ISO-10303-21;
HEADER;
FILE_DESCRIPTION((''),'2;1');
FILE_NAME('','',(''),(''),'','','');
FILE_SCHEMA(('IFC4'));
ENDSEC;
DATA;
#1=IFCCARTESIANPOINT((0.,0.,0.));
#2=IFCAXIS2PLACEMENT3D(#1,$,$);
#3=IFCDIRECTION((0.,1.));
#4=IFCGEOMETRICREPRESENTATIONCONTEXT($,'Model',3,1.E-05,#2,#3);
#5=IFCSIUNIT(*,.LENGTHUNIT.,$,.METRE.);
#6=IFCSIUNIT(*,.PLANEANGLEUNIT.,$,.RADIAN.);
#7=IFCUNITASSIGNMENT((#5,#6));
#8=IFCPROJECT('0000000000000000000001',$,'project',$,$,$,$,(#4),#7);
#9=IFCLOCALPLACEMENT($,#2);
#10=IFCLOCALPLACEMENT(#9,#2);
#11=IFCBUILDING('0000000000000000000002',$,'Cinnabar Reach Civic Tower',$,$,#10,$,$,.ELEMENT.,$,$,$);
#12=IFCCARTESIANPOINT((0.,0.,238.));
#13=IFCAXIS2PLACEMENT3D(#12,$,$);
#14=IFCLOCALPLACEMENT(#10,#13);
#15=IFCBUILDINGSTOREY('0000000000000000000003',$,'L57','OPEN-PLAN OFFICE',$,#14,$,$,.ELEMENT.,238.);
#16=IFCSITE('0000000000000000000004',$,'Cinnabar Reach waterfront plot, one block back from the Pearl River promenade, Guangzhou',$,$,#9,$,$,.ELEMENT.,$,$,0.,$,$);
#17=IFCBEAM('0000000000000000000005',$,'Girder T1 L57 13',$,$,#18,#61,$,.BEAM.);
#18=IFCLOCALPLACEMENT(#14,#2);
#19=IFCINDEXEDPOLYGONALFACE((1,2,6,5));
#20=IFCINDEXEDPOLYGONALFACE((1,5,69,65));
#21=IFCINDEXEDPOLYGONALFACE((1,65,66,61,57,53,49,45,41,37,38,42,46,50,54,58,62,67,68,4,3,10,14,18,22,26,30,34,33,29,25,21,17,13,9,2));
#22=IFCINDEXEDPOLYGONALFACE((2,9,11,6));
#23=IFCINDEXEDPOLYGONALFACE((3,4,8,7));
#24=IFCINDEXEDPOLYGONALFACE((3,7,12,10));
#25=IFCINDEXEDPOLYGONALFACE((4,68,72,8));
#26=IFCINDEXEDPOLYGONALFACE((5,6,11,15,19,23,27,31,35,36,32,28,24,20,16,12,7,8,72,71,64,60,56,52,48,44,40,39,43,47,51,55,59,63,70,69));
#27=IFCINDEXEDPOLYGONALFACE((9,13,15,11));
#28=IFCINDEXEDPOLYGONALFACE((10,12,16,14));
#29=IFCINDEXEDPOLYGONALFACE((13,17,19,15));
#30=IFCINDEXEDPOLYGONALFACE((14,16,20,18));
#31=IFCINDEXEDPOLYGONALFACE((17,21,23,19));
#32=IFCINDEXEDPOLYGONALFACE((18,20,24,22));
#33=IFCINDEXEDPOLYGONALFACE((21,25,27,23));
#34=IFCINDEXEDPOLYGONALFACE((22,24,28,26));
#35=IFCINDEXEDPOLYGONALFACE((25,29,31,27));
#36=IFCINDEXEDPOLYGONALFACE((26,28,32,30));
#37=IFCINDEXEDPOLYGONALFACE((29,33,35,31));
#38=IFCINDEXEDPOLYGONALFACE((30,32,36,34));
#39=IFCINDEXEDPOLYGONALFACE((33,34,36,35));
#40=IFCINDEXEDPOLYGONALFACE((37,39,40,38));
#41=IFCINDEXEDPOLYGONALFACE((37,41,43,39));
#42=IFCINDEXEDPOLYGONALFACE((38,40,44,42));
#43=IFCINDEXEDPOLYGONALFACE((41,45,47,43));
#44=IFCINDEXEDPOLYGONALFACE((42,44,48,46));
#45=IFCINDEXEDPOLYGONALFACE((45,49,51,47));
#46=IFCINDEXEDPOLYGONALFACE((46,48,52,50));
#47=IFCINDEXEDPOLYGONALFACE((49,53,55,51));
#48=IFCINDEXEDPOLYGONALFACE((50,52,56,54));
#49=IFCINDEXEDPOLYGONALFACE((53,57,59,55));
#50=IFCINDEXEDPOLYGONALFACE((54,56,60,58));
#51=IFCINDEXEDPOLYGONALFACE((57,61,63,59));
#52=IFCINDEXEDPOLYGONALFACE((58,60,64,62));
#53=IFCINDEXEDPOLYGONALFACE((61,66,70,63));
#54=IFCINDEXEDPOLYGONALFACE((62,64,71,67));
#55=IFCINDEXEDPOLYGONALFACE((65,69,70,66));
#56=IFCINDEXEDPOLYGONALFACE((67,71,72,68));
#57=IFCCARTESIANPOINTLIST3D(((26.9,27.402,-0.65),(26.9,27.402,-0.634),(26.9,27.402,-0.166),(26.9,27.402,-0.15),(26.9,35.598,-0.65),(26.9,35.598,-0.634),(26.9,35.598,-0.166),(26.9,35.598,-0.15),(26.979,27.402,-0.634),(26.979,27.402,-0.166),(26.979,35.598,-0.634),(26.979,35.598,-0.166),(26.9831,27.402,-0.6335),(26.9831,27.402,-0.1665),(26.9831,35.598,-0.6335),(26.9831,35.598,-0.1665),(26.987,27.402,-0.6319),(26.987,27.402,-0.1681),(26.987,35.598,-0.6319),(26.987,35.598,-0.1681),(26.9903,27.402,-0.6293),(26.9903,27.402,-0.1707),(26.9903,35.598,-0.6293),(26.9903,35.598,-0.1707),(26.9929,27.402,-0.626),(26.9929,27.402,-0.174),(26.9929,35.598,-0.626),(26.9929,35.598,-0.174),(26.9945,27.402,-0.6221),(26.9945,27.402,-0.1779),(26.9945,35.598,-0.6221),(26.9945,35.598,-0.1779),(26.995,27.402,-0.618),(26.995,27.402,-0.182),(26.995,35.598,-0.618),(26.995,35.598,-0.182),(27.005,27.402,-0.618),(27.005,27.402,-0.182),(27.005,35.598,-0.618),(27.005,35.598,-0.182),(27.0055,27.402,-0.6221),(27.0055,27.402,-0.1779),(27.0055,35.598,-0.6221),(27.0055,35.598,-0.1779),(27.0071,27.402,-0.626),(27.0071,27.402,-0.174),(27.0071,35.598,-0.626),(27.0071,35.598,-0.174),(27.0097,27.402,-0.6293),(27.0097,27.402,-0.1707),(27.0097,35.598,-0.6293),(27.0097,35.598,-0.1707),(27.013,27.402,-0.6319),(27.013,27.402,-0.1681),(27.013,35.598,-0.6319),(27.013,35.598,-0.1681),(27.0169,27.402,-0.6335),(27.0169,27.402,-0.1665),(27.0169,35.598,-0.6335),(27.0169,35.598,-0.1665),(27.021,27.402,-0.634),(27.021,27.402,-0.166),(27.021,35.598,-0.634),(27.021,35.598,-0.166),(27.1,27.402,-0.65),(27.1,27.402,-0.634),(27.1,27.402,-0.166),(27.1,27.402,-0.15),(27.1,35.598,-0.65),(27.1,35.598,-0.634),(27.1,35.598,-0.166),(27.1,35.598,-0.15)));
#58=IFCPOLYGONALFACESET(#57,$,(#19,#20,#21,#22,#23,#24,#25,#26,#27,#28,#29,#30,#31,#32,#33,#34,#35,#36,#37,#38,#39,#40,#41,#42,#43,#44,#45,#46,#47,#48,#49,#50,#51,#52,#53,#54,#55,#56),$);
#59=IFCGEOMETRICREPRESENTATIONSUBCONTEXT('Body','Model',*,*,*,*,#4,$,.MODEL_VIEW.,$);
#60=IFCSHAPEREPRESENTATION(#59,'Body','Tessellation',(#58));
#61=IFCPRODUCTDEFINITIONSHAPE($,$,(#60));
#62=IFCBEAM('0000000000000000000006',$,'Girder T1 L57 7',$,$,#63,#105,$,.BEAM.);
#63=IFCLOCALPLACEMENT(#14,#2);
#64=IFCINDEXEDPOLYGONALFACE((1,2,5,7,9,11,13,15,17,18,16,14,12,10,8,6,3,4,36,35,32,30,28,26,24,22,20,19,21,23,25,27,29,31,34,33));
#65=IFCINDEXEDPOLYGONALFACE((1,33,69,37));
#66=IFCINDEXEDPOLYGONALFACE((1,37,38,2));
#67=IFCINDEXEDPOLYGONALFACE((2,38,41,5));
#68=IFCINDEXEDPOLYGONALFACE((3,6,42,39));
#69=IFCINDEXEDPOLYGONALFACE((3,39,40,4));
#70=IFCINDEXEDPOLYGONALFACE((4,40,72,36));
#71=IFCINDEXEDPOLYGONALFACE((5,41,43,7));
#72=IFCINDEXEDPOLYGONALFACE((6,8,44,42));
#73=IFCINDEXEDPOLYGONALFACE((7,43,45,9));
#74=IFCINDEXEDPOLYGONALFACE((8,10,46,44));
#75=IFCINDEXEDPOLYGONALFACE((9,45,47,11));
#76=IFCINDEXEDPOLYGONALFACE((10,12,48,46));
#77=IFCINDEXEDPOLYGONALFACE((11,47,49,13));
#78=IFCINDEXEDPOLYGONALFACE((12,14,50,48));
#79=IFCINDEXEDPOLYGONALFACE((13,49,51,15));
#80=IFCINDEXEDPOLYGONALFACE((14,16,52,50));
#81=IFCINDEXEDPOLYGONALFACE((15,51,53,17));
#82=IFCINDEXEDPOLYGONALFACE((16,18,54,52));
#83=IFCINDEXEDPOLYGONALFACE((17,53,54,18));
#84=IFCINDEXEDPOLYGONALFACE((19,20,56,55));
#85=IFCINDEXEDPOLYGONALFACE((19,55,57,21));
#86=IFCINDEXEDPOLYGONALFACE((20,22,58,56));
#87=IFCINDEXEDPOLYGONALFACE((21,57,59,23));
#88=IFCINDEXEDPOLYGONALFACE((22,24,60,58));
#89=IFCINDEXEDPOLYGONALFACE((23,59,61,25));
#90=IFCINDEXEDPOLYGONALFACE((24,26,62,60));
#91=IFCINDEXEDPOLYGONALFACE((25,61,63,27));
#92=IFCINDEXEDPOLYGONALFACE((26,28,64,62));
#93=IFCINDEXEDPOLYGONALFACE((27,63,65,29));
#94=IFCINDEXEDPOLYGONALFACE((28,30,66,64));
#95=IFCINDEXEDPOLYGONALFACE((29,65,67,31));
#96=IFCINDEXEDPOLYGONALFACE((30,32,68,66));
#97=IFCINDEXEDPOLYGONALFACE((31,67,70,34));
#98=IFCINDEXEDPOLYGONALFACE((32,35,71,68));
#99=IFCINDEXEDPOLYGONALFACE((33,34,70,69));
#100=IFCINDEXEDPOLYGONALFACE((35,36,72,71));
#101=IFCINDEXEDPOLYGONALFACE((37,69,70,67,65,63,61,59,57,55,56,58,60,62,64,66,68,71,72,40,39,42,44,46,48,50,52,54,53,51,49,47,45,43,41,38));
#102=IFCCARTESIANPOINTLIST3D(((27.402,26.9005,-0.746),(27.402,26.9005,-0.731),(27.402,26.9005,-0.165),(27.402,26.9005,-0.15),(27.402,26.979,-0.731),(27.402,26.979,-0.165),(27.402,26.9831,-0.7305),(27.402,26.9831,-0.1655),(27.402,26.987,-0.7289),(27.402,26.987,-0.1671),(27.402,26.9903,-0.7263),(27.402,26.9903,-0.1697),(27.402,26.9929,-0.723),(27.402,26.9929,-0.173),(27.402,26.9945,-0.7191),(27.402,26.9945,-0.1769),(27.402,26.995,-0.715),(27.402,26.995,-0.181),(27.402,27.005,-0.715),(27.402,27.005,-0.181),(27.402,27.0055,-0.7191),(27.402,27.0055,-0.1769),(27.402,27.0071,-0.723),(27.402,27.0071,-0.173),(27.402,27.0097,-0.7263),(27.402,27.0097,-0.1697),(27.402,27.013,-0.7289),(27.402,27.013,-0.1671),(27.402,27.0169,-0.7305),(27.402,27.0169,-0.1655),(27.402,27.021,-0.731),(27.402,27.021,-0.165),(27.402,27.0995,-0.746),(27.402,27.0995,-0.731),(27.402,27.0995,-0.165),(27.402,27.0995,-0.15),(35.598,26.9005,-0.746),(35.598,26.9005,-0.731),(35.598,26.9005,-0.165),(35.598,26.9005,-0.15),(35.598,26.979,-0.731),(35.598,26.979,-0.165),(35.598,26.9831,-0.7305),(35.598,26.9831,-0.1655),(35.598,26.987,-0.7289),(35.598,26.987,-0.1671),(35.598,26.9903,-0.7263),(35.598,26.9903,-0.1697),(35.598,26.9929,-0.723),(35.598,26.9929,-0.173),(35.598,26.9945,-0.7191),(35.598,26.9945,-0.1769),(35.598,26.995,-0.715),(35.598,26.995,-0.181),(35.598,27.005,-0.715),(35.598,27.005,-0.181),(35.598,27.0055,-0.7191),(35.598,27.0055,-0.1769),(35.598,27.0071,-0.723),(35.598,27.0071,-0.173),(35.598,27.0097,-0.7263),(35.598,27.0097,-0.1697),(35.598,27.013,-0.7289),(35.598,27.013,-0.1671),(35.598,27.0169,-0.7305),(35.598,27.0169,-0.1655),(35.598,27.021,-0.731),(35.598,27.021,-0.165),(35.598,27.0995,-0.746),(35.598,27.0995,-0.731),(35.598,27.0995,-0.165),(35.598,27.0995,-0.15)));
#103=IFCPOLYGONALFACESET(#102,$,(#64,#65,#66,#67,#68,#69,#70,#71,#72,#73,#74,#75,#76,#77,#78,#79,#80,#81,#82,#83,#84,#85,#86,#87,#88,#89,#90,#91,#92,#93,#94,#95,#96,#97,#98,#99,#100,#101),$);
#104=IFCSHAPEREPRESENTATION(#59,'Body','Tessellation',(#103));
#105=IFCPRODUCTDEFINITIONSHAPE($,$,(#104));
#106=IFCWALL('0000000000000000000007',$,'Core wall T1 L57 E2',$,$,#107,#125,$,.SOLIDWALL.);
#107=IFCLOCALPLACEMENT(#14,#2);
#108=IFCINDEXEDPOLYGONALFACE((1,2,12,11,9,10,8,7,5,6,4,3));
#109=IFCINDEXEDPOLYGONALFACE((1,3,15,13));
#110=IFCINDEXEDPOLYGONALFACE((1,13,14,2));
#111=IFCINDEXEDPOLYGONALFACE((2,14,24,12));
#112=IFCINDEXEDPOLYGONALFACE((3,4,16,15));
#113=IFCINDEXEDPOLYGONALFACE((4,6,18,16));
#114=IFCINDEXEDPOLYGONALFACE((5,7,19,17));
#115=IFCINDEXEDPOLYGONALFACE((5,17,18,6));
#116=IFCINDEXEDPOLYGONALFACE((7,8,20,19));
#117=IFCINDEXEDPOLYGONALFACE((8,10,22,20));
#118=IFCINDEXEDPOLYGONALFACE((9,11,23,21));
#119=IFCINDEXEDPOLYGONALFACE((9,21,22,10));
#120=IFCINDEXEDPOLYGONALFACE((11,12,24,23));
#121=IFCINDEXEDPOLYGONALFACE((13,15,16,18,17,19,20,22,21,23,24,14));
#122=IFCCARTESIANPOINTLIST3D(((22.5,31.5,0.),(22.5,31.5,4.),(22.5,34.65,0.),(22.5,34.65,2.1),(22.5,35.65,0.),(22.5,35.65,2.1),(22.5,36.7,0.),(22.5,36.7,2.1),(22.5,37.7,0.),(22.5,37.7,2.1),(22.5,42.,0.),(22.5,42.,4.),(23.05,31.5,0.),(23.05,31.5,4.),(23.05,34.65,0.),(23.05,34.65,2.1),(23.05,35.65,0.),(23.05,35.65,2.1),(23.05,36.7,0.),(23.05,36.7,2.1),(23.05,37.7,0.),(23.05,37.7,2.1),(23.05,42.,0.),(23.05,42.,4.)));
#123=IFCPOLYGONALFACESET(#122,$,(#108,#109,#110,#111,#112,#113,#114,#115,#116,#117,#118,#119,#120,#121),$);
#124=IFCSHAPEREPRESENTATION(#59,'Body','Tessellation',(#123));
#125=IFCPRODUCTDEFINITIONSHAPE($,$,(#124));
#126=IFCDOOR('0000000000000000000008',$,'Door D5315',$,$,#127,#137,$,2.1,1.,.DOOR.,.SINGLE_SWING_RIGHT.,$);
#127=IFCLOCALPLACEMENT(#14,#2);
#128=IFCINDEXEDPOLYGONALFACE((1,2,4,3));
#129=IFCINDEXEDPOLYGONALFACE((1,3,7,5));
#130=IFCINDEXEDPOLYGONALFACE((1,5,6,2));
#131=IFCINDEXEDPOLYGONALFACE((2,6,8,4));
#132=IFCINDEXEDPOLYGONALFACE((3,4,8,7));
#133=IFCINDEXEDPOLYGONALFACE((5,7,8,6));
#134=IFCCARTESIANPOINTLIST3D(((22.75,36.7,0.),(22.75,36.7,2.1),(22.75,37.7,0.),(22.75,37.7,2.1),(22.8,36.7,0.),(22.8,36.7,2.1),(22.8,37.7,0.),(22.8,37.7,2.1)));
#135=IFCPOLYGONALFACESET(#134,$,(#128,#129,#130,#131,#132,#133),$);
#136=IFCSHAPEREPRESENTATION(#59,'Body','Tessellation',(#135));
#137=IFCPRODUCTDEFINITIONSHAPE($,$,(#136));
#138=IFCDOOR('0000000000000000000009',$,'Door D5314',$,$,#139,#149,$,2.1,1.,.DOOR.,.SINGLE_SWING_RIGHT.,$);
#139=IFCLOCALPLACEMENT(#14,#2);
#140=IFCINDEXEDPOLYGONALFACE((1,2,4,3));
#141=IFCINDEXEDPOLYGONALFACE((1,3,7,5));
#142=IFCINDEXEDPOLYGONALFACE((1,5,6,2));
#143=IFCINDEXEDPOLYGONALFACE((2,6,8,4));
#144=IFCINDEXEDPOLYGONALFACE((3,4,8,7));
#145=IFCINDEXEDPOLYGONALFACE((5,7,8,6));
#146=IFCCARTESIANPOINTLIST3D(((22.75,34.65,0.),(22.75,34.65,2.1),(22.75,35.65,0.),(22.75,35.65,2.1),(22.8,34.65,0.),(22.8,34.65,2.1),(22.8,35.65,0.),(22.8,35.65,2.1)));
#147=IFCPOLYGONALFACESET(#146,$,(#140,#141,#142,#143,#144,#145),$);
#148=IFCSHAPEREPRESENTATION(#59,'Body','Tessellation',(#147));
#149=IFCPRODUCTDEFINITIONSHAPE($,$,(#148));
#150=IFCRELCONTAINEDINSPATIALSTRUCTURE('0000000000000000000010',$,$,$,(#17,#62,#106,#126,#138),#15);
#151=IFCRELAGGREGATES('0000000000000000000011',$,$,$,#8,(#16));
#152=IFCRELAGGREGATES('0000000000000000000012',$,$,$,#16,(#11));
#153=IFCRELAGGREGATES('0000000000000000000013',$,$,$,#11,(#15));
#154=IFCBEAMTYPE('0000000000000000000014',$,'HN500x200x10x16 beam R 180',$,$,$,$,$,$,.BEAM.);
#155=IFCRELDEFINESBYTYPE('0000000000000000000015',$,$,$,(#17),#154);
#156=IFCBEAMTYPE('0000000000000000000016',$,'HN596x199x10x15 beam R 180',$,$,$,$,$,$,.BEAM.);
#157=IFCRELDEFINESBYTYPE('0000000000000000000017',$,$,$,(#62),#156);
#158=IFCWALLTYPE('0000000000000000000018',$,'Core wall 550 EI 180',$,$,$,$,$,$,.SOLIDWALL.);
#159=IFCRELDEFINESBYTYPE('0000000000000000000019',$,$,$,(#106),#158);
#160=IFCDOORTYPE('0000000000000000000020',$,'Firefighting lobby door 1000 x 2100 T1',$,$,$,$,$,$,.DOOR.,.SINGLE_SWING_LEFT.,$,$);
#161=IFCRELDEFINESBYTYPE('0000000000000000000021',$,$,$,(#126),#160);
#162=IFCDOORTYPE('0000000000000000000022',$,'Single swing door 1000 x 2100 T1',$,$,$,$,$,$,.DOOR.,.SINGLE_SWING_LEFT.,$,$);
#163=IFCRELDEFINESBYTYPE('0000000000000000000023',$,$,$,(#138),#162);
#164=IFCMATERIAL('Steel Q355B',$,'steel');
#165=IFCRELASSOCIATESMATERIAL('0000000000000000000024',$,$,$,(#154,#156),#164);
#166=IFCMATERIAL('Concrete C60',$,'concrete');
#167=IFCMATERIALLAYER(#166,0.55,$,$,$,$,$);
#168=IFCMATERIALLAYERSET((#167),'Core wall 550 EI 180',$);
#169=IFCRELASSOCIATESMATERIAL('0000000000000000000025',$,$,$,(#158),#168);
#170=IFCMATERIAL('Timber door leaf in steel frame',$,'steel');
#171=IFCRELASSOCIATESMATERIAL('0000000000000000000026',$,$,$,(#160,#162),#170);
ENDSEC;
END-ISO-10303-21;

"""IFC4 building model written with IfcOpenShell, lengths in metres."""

from ifc_helpers import new_model, si_unit, direction, frame, frame_2d, origin, origin_2d, place, context, subcontext, project, spatial, rectangle, i_section, extrude, material, layer, layer_set, material_profile, profile_set, type_object, element, fill, save


model = new_model("IFC4")

# Units and contexts
model_context = context("Model", 3, precision=1e-05, world=origin(), true_north=direction((0.0, 1.0)))
body_context = subcontext(model_context, "Body", "Model", "MODEL_VIEW")
ifc_project = project(units=[si_unit("LENGTHUNIT", "METRE"), si_unit("PLANEANGLEUNIT", "RADIAN")], contexts=[model_context])

# Site, building, storey
site_placement = place(None, origin())
site = spatial("IfcSite", under=ifc_project, at=site_placement, Name="Cinnabar Reach waterfront plot, one block back from the Pearl River promenade, Guangzhou", CompositionType="ELEMENT", RefElevation=0.0)
building_placement = place(site_placement, origin())
building = spatial("IfcBuilding", under=site, at=building_placement, Name="Cinnabar Reach Civic Tower", CompositionType="ELEMENT")
storey_placement = place(building_placement, frame((0.0, 0.0, 238.0)))
storey = spatial("IfcBuildingStorey", under=building, at=storey_placement, Name="L57", Description="OPEN-PLAN OFFICE", CompositionType="ELEMENT", Elevation=238.0)

# Shared definitions
ifc_material_1 = material(Name="Concrete C60", Category="concrete")

# Beams
ifc_material_2 = material(Name="Steel Q355B", Category="steel")
ifc_material_profile_1 = material_profile(ifc_material_2, i_section(OverallWidth=0.2, OverallDepth=0.5, WebThickness=0.01, FlangeThickness=0.016, FilletRadius=0.016, at=origin_2d()), Name="HN500x200x10x16")
ifc_profile_set_1 = profile_set([ifc_material_profile_1], Name="Steel Q355B")
beam_type_1 = type_object("IfcBeamType", Name="HN500x200x10x16 beam R 180", PredefinedType="BEAM", material=ifc_profile_set_1)
beam_1_placement = place(storey_placement, frame((27.0, 27.402, -0.4), z_axis=(0.0, 1.0, 0.0), x_axis=(-1.0, 0.0, 0.0)))
element("IfcBeam", 1, at=beam_1_placement, inside=storey, type_object=beam_type_1, Name="Girder T1 L57 13", PredefinedType="BEAM", context=body_context, shape_type="SweptSolid", body=[
    extrude(i_section(OverallWidth=0.2, OverallDepth=0.5, WebThickness=0.01, FlangeThickness=0.016, FilletRadius=0.016, at=origin_2d()), origin(), (0.0, 0.0, 1.0), 8.196),
])
ifc_material_profile_2 = material_profile(ifc_material_2, i_section(OverallWidth=0.199, OverallDepth=0.596, WebThickness=0.01, FlangeThickness=0.015, FilletRadius=0.016, at=origin_2d()), Name="HN596x199x10x15")
ifc_profile_set_2 = profile_set([ifc_material_profile_2], Name="Steel Q355B")
beam_type_2 = type_object("IfcBeamType", Name="HN596x199x10x15 beam R 180", PredefinedType="BEAM", material=ifc_profile_set_2)
beam_2_placement = place(storey_placement, frame((27.402, 27.0, -0.448), z_axis=(1.0, 0.0, 0.0), x_axis=(0.0, 1.0, 0.0)))
element("IfcBeam", 2, at=beam_2_placement, inside=storey, type_object=beam_type_2, Name="Girder T1 L57 7", PredefinedType="BEAM", context=body_context, shape_type="SweptSolid", body=[
    extrude(i_section(OverallWidth=0.199, OverallDepth=0.596, WebThickness=0.01, FlangeThickness=0.015, FilletRadius=0.016, at=origin_2d()), origin(), (0.0, 0.0, 1.0), 8.196),
])

# Wall, openings, doors
ifc_layer_1 = layer(ifc_material_1, 0.55)
ifc_layer_set_1 = layer_set([ifc_layer_1], Name="Core wall 550 EI 180")
wall_type_1 = type_object("IfcWallType", Name="Core wall 550 EI 180", PredefinedType="SOLIDWALL", material=ifc_layer_set_1)
wall_1_placement = place(storey_placement, frame((22.775, 31.5, 0.0), z_axis=(0.0, 0.0, 1.0), x_axis=(0.0, 1.0, 0.0)))
wall_1 = element("IfcWall", 3, at=wall_1_placement, inside=storey, type_object=wall_type_1, Name="Core wall T1 L57 E2", PredefinedType="SOLIDWALL", context=body_context, shape_type="SweptSolid", body=[
    extrude(rectangle(XDim=10.5, YDim=0.55, at=frame_2d((5.25, 0.0))), origin(), (0.0, 0.0, 1.0), 4.0),
])
opening_1_placement = place(wall_1_placement, frame((3.15, 0.0, 0.0)))
opening_1 = element("IfcOpeningElement", 4, at=opening_1_placement, cuts=wall_1, PredefinedType="OPENING", context=body_context, shape_type="SweptSolid", body=[
    extrude(rectangle(XDim=1.0, YDim=2.1, at=frame_2d((0.5, 1.05))), frame((0.0, 0.285, 0.0), z_axis=(0.0, -1.0, 0.0), x_axis=(1.0, 0.0, 0.0)), (0.0, 0.0, 1.0), 0.57),
])
opening_2_placement = place(wall_1_placement, frame((5.2, 0.0, 0.0)))
opening_2 = element("IfcOpeningElement", 5, at=opening_2_placement, cuts=wall_1, PredefinedType="OPENING", context=body_context, shape_type="SweptSolid", body=[
    extrude(rectangle(XDim=1.0, YDim=2.1, at=frame_2d((0.5, 1.05))), frame((0.0, 0.285, 0.0), z_axis=(0.0, -1.0, 0.0), x_axis=(1.0, 0.0, 0.0)), (0.0, 0.0, 1.0), 0.57),
])
ifc_material_3 = material(Name="Timber door leaf in steel frame", Category="steel")
door_type_1 = type_object("IfcDoorType", Name="Firefighting lobby door 1000 x 2100 T1", OperationType="SINGLE_SWING_LEFT", PredefinedType="DOOR", material=ifc_material_3)
door_1_placement = place(opening_2_placement, origin())
door_1 = element("IfcDoor", 6, at=door_1_placement, inside=storey, type_object=door_type_1, Name="Door D5315", OperationType="SINGLE_SWING_RIGHT", OverallHeight=2.1, OverallWidth=1.0, PredefinedType="DOOR", context=body_context, shape_type="SweptSolid", body=[
    extrude(rectangle(XDim=1.0, YDim=2.1, at=frame_2d((0.5, 1.05))), frame((0.0, 0.025, 0.0), z_axis=(0.0, -1.0, 0.0), x_axis=(1.0, 0.0, 0.0)), (0.0, 0.0, 1.0), 0.05),
])
fill(opening_2, door_1)
door_type_2 = type_object("IfcDoorType", Name="Single swing door 1000 x 2100 T1", OperationType="SINGLE_SWING_LEFT", PredefinedType="DOOR", material=ifc_material_3)
door_2_placement = place(opening_1_placement, origin())
door_2 = element("IfcDoor", 7, at=door_2_placement, inside=storey, type_object=door_type_2, Name="Door D5314", OperationType="SINGLE_SWING_RIGHT", OverallHeight=2.1, OverallWidth=1.0, PredefinedType="DOOR", context=body_context, shape_type="SweptSolid", body=[
    extrude(rectangle(XDim=1.0, YDim=2.1, at=frame_2d((0.5, 1.05))), frame((0.0, 0.025, 0.0), z_axis=(0.0, -1.0, 0.0), x_axis=(1.0, 0.0, 0.0)), (0.0, 0.0, 1.0), 0.05),
])
fill(opening_1, door_2)

save(model, "model.ifc")
